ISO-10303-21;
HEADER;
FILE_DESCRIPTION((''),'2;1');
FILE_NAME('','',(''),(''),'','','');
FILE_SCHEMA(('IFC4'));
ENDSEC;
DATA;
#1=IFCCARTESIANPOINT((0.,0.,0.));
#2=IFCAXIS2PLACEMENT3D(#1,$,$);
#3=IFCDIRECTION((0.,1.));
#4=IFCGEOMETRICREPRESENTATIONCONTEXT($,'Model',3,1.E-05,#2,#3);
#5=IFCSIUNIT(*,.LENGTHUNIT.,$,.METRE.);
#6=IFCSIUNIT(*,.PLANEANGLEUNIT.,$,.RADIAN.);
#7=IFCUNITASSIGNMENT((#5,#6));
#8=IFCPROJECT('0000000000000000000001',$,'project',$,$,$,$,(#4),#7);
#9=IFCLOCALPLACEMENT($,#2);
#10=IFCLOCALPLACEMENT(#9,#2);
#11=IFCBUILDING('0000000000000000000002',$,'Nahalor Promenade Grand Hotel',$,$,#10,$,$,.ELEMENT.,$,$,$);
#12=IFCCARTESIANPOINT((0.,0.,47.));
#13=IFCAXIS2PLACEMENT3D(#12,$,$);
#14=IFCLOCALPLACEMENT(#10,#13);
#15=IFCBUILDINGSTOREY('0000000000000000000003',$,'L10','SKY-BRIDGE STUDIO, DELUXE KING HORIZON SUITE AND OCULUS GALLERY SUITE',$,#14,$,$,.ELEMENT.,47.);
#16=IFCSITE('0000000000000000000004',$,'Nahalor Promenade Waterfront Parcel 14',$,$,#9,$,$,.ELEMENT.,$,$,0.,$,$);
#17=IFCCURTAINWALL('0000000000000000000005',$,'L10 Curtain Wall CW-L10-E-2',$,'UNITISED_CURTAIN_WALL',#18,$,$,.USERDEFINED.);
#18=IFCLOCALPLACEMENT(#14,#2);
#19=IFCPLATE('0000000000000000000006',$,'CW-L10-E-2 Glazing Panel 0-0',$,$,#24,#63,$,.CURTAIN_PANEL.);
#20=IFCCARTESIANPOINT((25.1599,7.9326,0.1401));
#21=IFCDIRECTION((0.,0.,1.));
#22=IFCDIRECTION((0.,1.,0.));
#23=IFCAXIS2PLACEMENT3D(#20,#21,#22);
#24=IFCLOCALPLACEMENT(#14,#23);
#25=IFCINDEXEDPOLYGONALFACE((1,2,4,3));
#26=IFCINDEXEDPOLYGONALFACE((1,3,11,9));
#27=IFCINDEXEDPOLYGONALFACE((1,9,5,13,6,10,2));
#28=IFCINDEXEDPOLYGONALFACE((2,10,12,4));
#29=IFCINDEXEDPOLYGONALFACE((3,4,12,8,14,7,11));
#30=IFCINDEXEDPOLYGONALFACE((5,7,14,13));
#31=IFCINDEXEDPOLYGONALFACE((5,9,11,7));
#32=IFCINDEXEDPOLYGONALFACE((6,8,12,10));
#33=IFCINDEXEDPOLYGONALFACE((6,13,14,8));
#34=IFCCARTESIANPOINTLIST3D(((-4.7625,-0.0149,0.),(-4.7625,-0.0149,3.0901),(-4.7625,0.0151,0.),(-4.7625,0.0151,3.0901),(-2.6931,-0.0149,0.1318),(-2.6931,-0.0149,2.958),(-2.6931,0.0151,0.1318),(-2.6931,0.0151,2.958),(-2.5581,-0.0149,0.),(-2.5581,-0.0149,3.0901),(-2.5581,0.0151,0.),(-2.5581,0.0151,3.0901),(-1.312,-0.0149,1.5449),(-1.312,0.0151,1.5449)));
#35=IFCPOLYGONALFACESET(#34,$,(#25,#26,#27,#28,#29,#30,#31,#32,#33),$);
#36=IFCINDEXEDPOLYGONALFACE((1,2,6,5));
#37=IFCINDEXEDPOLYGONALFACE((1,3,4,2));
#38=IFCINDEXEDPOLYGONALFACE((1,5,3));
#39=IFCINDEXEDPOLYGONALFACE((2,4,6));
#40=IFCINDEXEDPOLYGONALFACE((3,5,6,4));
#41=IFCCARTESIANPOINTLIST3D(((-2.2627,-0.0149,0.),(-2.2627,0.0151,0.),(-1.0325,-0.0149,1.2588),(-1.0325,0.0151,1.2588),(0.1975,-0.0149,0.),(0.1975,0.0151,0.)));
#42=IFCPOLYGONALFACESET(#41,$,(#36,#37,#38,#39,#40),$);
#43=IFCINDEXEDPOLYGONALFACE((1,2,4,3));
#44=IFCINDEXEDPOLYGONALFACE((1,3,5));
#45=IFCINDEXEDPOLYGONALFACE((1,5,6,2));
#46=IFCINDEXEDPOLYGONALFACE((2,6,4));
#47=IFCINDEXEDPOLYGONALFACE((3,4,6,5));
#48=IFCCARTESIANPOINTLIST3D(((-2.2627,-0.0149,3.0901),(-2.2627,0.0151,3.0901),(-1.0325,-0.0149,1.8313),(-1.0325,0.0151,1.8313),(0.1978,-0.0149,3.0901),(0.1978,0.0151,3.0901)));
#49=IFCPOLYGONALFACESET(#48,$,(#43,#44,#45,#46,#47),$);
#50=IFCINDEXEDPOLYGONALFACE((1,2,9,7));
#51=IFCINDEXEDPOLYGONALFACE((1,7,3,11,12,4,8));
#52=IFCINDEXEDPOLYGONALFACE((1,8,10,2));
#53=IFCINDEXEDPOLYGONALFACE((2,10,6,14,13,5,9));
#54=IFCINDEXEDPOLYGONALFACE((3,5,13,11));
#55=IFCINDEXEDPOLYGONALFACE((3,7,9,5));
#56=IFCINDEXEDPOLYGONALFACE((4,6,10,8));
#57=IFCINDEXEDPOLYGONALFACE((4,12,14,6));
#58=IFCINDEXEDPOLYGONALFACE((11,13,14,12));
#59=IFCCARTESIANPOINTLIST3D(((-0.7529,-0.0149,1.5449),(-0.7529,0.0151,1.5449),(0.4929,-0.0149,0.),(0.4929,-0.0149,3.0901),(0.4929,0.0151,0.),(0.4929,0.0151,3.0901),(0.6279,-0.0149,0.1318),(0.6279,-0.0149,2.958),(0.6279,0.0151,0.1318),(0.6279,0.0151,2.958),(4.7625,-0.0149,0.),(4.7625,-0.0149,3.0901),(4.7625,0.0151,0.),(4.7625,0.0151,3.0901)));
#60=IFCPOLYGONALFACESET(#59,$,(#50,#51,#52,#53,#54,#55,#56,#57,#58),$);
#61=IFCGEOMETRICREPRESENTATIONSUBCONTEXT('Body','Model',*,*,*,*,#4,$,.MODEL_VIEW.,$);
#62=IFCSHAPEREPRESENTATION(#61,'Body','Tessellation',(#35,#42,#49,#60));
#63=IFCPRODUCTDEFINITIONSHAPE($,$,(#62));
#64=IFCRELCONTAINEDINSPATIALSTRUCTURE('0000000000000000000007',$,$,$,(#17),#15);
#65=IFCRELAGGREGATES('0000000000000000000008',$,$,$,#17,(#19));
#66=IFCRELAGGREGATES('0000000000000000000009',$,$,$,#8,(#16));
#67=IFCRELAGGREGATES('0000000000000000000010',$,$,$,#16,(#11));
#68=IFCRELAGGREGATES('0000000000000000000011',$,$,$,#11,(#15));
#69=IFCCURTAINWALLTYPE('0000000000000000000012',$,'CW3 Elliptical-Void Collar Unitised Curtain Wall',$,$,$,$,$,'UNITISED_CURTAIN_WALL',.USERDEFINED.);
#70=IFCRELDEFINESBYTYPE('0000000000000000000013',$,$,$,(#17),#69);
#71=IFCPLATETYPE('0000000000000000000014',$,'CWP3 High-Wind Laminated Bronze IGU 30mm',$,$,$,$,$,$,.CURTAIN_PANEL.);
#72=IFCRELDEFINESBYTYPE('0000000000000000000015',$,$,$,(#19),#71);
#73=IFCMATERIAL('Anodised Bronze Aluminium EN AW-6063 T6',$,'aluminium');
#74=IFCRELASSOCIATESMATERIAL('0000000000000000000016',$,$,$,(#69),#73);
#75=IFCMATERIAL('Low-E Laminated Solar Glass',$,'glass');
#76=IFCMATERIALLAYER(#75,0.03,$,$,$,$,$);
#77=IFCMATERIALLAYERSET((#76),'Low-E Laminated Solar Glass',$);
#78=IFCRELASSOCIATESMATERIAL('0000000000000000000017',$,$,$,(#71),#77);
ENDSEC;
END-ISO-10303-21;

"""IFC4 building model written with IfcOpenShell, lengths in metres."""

from ifc_helpers import new_model, si_unit, direction, frame, origin, place, context, subcontext, project, spatial, polyline, outline, extrude, material, layer, layer_set, type_object, element, aggregate, save


model = new_model("IFC4")

# Units and contexts
model_context = context("Model", 3, precision=1e-05, world=origin(), true_north=direction((0.0, 1.0)))
body_context = subcontext(model_context, "Body", "Model", "MODEL_VIEW")
ifc_project = project(units=[si_unit("LENGTHUNIT", "METRE"), si_unit("PLANEANGLEUNIT", "RADIAN")], contexts=[model_context])

# Site, building, storey
site_placement = place(None, origin())
site = spatial("IfcSite", under=ifc_project, at=site_placement, Name="Nahalor Promenade Waterfront Parcel 14", CompositionType="ELEMENT", RefElevation=0.0)
building_placement = place(site_placement, origin())
building = spatial("IfcBuilding", under=site, at=building_placement, Name="Nahalor Promenade Grand Hotel", CompositionType="ELEMENT")
storey_placement = place(building_placement, frame((0.0, 0.0, 47.0)))
storey = spatial("IfcBuildingStorey", under=building, at=storey_placement, Name="L10", Description="SKY-BRIDGE STUDIO, DELUXE KING HORIZON SUITE AND OCULUS GALLERY SUITE", CompositionType="ELEMENT", Elevation=47.0)

# Curtain wall
ifc_material_1 = material(Name="Anodised Bronze Aluminium EN AW-6063 T6", Category="aluminium")
curtain_wall_type = type_object("IfcCurtainWallType", Name="CW3 Elliptical-Void Collar Unitised Curtain Wall", ElementType="UNITISED_CURTAIN_WALL", PredefinedType="USERDEFINED", material=ifc_material_1)
curtain_wall_1_placement = place(storey_placement, origin())
curtain_wall_1 = element("IfcCurtainWall", 1, at=curtain_wall_1_placement, inside=storey, type_object=curtain_wall_type, Name="L10 Curtain Wall CW-L10-E-2", ObjectType="UNITISED_CURTAIN_WALL", PredefinedType="USERDEFINED")

# Plate
ifc_material_2 = material(Name="Low-E Laminated Solar Glass", Category="glass")
ifc_layer_1 = layer(ifc_material_2, 0.03)
ifc_layer_set_1 = layer_set([ifc_layer_1], Name="Low-E Laminated Solar Glass")
plate_type_1 = type_object("IfcPlateType", Name="CWP3 High-Wind Laminated Bronze IGU 30mm", PredefinedType="CURTAIN_PANEL", material=ifc_layer_set_1)
plate_1_placement = place(storey_placement, frame((25.1599, 7.9326, 0.1401), z_axis=(0.0, 0.0, 1.0), x_axis=(0.0, 1.0, 0.0)))
plate_1 = element("IfcPlate", 2, at=plate_1_placement, type_object=plate_type_1, Name="CW-L10-E-2 Glazing Panel 0-0", PredefinedType="CURTAIN_PANEL", context=body_context, shape_type="SweptSolid", body=[
    extrude(outline(polyline([(-4.7625, 3.0901), (-4.7625, 0.0), (-2.5581, 0.0), (-2.6931, 0.1318), (-1.312, 1.5449), (-2.6931, 2.958), (-2.5581, 3.0901), (-4.7625, 3.0901)])), frame((0.0, 0.0151, 0.0), z_axis=(0.0, -1.0, 0.0), x_axis=(1.0, 0.0, 0.0)), (0.0, 0.0, 1.0), 0.03),
    extrude(outline(polyline([(-1.0325, 1.2588), (-2.2627, 0.0), (0.1975, 0.0), (-1.0325, 1.2588)])), frame((0.0, 0.0151, 0.0), z_axis=(0.0, -1.0, 0.0), x_axis=(1.0, 0.0, 0.0)), (0.0, 0.0, 1.0), 0.03),
    extrude(outline(polyline([(-1.0325, 1.8313), (0.1978, 3.0901), (-2.2627, 3.0901), (-1.0325, 1.8313)])), frame((0.0, 0.0151, 0.0), z_axis=(0.0, -1.0, 0.0), x_axis=(1.0, 0.0, 0.0)), (0.0, 0.0, 1.0), 0.03),
    extrude(outline(polyline([(4.7625, 0.0), (4.7625, 3.0901), (0.4929, 3.0901), (0.6279, 2.958), (-0.7529, 1.5449), (0.6279, 0.1318), (0.4929, 0.0), (4.7625, 0.0)])), frame((0.0, 0.0151, 0.0), z_axis=(0.0, -1.0, 0.0), x_axis=(1.0, 0.0, 0.0)), (0.0, 0.0, 1.0), 0.03),
])
aggregate(curtain_wall_1, [plate_1])

save(model, "model.ifc")
